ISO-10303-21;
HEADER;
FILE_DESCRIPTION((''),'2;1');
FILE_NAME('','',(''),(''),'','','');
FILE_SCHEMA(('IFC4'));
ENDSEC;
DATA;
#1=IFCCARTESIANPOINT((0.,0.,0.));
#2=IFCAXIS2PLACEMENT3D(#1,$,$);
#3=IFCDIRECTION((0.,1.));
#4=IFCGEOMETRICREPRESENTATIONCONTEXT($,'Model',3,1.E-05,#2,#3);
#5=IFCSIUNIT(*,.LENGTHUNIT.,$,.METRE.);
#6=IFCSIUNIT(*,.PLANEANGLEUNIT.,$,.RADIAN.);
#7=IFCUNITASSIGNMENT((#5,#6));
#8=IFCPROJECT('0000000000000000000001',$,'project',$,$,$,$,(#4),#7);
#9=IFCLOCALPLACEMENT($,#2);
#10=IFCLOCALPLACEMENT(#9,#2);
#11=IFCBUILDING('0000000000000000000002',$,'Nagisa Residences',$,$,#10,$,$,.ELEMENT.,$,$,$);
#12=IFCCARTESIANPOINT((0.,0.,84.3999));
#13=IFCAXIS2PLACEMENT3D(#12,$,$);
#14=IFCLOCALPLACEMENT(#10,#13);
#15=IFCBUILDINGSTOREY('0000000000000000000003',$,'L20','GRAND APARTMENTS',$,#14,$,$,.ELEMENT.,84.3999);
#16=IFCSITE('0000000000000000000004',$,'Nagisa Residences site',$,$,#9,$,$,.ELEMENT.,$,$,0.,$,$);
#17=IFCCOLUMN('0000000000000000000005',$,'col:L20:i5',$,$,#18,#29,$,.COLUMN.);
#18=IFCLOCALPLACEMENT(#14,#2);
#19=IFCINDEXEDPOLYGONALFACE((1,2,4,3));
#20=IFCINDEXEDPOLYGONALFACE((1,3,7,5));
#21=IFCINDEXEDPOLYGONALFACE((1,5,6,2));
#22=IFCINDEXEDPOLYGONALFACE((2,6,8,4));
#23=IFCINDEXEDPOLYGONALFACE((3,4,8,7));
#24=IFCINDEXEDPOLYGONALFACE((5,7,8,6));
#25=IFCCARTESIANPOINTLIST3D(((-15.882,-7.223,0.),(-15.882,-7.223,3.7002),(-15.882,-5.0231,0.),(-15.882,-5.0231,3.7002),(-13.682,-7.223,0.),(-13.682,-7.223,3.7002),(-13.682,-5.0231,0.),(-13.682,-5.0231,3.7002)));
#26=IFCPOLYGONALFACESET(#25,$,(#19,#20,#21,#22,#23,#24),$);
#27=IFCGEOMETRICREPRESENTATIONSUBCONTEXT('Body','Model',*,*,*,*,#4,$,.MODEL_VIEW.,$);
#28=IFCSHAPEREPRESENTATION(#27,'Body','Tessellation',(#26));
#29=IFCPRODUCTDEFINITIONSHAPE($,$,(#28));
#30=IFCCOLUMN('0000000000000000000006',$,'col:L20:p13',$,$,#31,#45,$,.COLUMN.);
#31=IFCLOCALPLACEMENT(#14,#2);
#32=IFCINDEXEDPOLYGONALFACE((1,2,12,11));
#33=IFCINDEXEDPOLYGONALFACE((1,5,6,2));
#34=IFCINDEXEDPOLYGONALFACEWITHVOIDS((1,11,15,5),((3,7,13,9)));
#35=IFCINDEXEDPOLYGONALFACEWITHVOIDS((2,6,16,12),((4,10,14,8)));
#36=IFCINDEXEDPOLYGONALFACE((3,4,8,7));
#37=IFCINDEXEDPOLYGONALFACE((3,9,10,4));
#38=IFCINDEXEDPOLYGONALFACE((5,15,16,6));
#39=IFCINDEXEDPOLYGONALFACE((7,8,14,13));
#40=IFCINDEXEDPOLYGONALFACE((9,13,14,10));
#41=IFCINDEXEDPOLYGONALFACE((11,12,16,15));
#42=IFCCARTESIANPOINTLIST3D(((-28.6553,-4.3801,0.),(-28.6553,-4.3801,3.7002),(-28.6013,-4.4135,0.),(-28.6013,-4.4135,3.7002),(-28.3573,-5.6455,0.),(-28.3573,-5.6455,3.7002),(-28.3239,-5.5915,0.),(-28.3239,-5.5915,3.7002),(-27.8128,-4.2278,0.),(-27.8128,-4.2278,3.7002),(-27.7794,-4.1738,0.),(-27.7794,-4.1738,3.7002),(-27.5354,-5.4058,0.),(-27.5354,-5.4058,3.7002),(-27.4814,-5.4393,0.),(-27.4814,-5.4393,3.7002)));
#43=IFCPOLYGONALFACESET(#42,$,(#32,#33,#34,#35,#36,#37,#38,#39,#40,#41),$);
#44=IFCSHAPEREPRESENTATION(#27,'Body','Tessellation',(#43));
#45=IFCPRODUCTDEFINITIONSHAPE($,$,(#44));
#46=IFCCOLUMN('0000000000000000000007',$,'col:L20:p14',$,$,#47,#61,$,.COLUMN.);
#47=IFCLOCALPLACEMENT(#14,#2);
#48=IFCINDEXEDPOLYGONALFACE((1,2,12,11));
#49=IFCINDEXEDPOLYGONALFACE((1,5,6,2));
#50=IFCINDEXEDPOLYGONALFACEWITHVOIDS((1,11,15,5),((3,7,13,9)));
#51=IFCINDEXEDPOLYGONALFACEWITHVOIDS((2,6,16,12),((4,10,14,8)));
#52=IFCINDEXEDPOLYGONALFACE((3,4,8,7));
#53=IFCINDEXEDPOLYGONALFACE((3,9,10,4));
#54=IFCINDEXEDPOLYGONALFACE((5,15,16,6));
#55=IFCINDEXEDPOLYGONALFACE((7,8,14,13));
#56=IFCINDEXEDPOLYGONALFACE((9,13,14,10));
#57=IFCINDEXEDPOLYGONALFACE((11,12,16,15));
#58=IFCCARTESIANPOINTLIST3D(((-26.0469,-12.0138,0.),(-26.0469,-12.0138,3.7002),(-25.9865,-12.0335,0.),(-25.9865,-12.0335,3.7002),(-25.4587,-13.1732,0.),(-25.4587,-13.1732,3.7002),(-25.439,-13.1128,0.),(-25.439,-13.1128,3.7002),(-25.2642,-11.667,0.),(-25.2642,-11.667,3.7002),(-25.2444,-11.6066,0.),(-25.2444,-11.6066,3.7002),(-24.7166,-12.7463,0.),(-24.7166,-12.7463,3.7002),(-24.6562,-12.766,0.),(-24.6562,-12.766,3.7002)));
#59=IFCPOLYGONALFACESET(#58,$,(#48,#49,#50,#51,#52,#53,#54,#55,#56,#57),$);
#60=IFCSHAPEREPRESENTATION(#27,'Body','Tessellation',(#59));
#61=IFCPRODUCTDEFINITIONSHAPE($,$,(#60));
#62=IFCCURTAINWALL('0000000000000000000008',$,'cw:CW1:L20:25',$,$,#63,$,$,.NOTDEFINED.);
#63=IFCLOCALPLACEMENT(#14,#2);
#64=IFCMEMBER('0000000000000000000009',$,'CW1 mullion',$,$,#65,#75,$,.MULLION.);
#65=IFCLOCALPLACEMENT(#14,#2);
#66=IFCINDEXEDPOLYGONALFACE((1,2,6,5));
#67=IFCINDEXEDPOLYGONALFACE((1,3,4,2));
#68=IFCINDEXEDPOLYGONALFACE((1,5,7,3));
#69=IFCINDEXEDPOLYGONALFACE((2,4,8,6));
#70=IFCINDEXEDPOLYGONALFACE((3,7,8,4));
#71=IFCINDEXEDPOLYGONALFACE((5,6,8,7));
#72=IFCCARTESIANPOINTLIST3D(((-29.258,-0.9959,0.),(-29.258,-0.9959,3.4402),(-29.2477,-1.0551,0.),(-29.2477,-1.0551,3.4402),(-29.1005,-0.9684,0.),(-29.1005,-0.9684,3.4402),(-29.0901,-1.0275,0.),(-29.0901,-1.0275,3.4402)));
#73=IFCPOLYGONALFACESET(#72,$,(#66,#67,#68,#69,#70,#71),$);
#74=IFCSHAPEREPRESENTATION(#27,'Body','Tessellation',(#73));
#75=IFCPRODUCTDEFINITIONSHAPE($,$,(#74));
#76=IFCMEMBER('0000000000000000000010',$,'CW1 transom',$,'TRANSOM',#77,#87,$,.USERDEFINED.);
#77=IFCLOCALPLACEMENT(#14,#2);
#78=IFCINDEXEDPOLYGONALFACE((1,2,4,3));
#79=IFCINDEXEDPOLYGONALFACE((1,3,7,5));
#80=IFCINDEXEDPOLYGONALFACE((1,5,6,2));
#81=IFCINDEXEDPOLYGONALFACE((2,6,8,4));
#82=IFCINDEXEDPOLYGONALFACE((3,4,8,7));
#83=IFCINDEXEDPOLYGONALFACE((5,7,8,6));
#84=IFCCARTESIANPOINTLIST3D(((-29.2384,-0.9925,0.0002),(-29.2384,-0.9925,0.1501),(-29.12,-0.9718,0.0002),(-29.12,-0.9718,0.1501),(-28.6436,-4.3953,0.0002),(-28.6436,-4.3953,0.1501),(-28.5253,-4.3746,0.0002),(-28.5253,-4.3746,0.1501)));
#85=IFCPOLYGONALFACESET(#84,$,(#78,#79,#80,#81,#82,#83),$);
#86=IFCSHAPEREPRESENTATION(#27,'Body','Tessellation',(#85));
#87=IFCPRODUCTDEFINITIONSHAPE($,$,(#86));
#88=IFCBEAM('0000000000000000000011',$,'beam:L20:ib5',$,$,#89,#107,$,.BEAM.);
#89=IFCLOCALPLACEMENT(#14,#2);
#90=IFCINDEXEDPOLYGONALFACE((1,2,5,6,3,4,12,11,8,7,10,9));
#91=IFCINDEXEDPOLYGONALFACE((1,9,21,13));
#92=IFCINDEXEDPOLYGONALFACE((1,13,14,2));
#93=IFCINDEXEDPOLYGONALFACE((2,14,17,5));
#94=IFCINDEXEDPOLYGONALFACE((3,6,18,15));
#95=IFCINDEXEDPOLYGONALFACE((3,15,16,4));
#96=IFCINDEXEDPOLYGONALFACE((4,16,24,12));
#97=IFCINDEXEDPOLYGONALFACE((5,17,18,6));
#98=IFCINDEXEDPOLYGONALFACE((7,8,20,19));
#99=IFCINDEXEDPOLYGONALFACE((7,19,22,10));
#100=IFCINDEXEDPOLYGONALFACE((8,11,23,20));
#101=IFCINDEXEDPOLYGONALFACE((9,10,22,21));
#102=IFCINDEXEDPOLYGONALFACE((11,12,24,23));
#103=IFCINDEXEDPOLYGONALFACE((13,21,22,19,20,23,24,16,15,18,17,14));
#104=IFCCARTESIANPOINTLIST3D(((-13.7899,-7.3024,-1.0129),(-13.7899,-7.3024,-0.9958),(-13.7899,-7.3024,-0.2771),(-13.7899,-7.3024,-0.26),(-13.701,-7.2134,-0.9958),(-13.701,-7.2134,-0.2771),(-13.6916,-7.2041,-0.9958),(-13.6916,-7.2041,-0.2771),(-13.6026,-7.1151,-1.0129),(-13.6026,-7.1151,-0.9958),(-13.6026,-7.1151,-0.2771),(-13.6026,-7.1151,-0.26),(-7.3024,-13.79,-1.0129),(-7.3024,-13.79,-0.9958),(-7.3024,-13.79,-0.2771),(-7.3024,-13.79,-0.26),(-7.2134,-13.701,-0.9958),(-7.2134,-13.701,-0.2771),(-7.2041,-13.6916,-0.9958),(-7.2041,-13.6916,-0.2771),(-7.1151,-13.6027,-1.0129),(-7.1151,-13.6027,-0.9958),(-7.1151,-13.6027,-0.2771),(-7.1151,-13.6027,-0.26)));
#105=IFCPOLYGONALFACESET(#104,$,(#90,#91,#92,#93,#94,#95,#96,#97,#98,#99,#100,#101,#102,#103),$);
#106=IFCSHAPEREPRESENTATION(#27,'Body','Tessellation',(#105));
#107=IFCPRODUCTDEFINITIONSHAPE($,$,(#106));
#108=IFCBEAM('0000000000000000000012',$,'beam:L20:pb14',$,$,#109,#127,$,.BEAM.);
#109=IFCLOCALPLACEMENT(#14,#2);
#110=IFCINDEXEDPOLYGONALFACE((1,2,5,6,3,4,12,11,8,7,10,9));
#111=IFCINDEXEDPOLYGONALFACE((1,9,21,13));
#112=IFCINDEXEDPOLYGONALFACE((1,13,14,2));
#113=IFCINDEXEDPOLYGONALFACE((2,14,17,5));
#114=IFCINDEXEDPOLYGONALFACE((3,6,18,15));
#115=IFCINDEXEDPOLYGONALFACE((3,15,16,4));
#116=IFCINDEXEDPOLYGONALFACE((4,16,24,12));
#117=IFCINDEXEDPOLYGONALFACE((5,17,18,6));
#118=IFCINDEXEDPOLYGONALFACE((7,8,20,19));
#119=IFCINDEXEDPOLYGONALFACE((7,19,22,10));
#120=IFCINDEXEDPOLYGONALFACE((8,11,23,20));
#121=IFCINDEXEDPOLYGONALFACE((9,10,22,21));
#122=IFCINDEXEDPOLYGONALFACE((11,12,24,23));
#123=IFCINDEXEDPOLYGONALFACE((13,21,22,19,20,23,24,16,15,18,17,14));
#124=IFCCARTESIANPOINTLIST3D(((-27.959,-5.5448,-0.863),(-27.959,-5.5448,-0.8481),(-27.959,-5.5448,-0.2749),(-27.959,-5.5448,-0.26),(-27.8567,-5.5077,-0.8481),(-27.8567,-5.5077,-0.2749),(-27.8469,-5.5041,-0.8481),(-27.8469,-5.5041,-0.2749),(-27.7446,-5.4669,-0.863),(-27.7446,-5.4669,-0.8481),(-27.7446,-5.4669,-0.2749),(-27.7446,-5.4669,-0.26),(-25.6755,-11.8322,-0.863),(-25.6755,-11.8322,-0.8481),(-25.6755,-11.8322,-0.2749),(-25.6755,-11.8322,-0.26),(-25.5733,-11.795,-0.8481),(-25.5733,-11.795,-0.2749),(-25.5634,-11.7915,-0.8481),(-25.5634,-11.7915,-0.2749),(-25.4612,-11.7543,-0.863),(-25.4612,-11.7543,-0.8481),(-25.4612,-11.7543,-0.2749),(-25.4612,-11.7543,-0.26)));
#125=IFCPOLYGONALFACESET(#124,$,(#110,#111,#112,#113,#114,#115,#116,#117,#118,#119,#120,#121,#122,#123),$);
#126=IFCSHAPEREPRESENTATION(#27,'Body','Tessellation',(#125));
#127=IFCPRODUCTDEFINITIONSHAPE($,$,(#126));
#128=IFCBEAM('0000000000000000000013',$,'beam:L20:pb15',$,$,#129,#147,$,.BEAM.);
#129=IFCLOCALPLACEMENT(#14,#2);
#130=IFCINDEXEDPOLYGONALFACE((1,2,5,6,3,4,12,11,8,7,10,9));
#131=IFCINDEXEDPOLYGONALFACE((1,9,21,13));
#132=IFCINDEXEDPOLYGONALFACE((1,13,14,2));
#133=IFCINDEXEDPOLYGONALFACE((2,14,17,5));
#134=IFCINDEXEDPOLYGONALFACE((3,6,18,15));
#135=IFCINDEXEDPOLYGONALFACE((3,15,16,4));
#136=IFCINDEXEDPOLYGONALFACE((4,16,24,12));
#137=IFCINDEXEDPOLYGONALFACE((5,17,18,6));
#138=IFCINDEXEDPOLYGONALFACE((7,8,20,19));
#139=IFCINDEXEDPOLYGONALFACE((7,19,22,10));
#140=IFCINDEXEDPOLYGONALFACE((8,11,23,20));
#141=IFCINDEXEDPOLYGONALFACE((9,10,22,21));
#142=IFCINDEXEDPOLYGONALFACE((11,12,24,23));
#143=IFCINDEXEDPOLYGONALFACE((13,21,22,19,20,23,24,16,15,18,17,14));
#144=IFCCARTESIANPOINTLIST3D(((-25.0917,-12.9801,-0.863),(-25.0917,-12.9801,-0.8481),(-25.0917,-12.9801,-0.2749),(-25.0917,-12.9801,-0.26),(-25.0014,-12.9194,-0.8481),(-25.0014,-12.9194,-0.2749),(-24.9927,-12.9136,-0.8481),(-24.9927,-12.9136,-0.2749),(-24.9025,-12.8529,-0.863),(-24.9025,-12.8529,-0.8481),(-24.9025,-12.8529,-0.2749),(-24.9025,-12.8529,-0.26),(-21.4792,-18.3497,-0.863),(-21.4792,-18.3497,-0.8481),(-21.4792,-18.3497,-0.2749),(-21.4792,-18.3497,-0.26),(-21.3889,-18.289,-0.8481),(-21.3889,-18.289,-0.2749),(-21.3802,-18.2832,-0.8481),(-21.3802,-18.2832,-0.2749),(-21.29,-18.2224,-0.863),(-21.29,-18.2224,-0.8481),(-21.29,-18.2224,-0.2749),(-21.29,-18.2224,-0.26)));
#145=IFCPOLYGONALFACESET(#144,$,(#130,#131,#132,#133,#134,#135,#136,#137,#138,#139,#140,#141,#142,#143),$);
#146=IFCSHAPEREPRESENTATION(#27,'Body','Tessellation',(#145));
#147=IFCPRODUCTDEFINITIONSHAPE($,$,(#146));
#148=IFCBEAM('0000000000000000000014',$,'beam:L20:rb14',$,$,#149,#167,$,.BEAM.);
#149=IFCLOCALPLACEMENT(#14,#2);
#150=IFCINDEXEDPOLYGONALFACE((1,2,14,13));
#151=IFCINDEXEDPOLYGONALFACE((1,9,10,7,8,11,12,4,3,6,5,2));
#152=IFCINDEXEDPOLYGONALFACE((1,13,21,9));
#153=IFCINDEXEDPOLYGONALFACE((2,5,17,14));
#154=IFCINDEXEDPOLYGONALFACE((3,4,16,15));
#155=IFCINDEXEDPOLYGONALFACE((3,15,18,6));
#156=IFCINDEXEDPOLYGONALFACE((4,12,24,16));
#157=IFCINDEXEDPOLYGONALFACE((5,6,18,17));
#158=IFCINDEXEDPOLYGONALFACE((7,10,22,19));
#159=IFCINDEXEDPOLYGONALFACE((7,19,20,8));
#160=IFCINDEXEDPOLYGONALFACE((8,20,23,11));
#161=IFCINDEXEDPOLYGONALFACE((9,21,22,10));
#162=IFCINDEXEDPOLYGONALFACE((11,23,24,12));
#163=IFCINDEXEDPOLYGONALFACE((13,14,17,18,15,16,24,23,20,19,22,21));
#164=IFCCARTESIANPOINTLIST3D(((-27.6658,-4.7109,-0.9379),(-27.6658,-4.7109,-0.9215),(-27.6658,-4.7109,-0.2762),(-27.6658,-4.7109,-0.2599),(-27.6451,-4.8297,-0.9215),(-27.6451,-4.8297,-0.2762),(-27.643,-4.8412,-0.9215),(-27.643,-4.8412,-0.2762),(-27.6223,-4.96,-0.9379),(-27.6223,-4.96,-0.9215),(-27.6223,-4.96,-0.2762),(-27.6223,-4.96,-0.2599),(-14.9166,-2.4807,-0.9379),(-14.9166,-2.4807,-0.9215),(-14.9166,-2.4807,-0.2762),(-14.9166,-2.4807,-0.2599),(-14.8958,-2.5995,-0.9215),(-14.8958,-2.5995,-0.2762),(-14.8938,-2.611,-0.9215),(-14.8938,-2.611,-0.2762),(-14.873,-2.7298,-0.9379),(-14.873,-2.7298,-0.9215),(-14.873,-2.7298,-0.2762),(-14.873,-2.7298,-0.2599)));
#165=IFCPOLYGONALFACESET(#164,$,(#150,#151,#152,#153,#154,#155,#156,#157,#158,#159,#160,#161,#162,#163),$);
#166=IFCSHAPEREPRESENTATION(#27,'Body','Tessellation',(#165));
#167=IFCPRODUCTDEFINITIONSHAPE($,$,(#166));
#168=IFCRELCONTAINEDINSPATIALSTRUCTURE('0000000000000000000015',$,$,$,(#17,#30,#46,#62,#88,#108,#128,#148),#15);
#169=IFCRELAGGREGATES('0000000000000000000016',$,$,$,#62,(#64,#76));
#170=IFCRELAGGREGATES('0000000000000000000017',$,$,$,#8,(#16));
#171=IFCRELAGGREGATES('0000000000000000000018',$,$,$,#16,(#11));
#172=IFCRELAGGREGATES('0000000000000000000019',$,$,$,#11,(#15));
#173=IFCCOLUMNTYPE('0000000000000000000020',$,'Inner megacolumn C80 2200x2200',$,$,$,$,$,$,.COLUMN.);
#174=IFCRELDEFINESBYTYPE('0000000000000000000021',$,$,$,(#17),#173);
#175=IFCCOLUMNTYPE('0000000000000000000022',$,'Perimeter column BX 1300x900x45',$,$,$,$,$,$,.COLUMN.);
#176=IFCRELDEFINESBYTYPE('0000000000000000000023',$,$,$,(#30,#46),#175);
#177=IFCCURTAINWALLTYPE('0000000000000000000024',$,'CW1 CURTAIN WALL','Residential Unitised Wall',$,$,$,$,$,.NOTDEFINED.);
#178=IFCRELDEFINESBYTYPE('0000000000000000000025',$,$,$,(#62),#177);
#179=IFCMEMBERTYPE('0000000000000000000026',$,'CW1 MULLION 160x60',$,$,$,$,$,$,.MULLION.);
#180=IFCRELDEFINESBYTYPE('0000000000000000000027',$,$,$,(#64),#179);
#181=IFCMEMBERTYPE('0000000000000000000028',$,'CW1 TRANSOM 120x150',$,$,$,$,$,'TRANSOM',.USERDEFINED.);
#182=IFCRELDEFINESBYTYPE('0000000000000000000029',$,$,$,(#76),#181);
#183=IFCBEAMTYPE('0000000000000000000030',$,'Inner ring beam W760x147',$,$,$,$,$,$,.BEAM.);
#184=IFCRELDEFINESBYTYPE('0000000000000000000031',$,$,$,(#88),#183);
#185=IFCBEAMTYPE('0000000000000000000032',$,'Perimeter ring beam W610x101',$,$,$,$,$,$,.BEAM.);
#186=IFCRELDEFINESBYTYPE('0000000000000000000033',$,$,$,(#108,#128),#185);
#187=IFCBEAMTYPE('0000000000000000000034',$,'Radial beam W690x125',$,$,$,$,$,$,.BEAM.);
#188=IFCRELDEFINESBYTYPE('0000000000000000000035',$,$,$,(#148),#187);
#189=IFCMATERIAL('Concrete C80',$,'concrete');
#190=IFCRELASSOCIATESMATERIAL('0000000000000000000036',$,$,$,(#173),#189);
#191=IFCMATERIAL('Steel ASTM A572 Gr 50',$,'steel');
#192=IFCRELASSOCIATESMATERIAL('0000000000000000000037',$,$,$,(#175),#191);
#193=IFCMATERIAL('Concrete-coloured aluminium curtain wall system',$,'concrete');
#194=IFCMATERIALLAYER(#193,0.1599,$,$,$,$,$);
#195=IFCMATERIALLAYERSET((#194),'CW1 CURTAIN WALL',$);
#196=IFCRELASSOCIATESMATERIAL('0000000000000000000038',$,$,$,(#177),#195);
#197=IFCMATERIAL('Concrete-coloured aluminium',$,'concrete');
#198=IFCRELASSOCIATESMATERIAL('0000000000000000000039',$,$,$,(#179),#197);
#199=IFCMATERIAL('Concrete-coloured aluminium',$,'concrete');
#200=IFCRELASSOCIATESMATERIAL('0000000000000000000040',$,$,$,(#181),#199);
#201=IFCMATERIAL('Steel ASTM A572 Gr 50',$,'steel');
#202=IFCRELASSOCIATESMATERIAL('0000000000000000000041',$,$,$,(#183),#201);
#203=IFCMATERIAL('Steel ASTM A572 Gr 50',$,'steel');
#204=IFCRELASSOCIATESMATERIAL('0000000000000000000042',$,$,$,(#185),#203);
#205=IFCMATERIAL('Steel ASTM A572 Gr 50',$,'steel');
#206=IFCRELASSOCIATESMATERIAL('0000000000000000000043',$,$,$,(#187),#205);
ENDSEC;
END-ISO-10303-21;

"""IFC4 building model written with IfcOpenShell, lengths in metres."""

from ifc_helpers import new_model, si_unit, direction, frame, origin, origin_2d, place, context, subcontext, project, spatial, rectangle, hollow_rectangle, i_section, extrude, material, layer, layer_set, material_profile, profile_set, type_object, element, aggregate, save


model = new_model("IFC4")

# Units and contexts
model_context = context("Model", 3, precision=1e-05, world=origin(), true_north=direction((0.0, 1.0)))
body_context = subcontext(model_context, "Body", "Model", "MODEL_VIEW")
ifc_project = project(units=[si_unit("LENGTHUNIT", "METRE"), si_unit("PLANEANGLEUNIT", "RADIAN")], contexts=[model_context])

# Site, building, storey
site_placement = place(None, origin())
site = spatial("IfcSite", under=ifc_project, at=site_placement, Name="Nagisa Residences site", CompositionType="ELEMENT", RefElevation=0.0)
building_placement = place(site_placement, origin())
building = spatial("IfcBuilding", under=site, at=building_placement, Name="Nagisa Residences", CompositionType="ELEMENT")
storey_placement = place(building_placement, frame((0.0, 0.0, 84.3999)))
storey = spatial("IfcBuildingStorey", under=building, at=storey_placement, Name="L20", Description="GRAND APARTMENTS", CompositionType="ELEMENT", Elevation=84.3999)

# Columns
ifc_material_1 = material(Name="Concrete C80", Category="concrete")
ifc_material_profile_1 = material_profile(ifc_material_1, rectangle(XDim=2.2, YDim=2.2, at=origin_2d()), Name="C80 2200x2200")
ifc_profile_set_1 = profile_set([ifc_material_profile_1], Name="Concrete C80")
column_type_1 = type_object("IfcColumnType", Name="Inner megacolumn C80 2200x2200", PredefinedType="COLUMN", material=ifc_profile_set_1)
column_placement = place(storey_placement, frame((-14.782, -6.123, 0.0), z_axis=(0.0, 0.0, 1.0), x_axis=(1.0, 0.0, 0.0)))
element("IfcColumn", 1, at=column_placement, inside=storey, type_object=column_type_1, Name="col:L20:i5", PredefinedType="COLUMN", context=body_context, shape_type="SweptSolid", body=[
    extrude(rectangle(XDim=2.2, YDim=2.2, at=origin_2d()), origin(), (0.0, 0.0, 1.0), 3.7002),
])
ifc_material_2 = material(Name="Steel ASTM A572 Gr 50", Category="steel")
ifc_material_profile_2 = material_profile(ifc_material_2, hollow_rectangle(XDim=1.3, YDim=0.8999, WallThickness=0.0449, at=origin_2d()), Name="BX 1300x900x45")
ifc_profile_set_2 = profile_set([ifc_material_profile_2], Name="Steel ASTM A572 Gr 50")
column_type_2 = type_object("IfcColumnType", Name="Perimeter column BX 1300x900x45", PredefinedType="COLUMN", material=ifc_profile_set_2)
for number, where, z_axis, x_axis, name in (
    (2, (-28.0684, -4.9097, 0.0), (0.0, 0.0, 1.0), (0.229202, -0.973379, 0.0), "col:L20:p13"),
    (3, (-25.3516, -12.3899, 0.0), (0.0, 0.0, 1.0), (0.452463, -0.891783, 0.0), "col:L20:p14"),
):
    element("IfcColumn", number, at=place(storey_placement, frame(where, z_axis=z_axis, x_axis=x_axis)), inside=storey, type_object=column_type_2, Name=name, PredefinedType="COLUMN", context=body_context, shape_type="SweptSolid", body=[
        extrude(hollow_rectangle(XDim=1.3, YDim=0.8999, WallThickness=0.0449, at=origin_2d()), origin(), (0.0, 0.0, 1.0), 3.7002),
    ])

# Curtain wall, members
ifc_material_3 = material(Name="Concrete-coloured aluminium curtain wall system", Category="concrete")
ifc_layer_1 = layer(ifc_material_3, 0.1599)
ifc_layer_set_1 = layer_set([ifc_layer_1], Name="CW1 CURTAIN WALL")
curtain_wall_type = type_object("IfcCurtainWallType", Name="CW1 CURTAIN WALL", Description="Residential Unitised Wall", PredefinedType="NOTDEFINED", material=ifc_layer_set_1)
curtain_wall_placement = place(storey_placement, origin())
curtain_wall = element("IfcCurtainWall", 4, at=curtain_wall_placement, inside=storey, type_object=curtain_wall_type, Name="cw:CW1:L20:25", PredefinedType="NOTDEFINED")
ifc_material_4 = material(Name="Concrete-coloured aluminium", Category="concrete")
ifc_material_profile_3 = material_profile(ifc_material_4, rectangle(XDim=0.1599, YDim=0.0601, at=origin_2d()), Name="CW1 MULLION 160x60")
ifc_profile_set_3 = profile_set([ifc_material_profile_3], Name="Concrete-coloured aluminium")
member_type_1 = type_object("IfcMemberType", Name="CW1 MULLION 160x60", PredefinedType="MULLION", material=ifc_profile_set_3)
member_1_placement = place(storey_placement, frame((-29.1741, -1.0117, 0.0), z_axis=(0.0, 0.0, 1.0), x_axis=(0.985064, 0.172191, 0.0)))
member_1 = element("IfcMember", 5, at=member_1_placement, type_object=member_type_1, Name="CW1 mullion", PredefinedType="MULLION", context=body_context, shape_type="SweptSolid", body=[
    extrude(rectangle(XDim=0.1599, YDim=0.0601, at=origin_2d()), origin(), (0.0, 0.0, 1.0), 3.4402),
])
ifc_material_5 = material(Name="Concrete-coloured aluminium", Category="concrete")
ifc_material_profile_4 = material_profile(ifc_material_5, rectangle(XDim=0.1201, YDim=0.1499, at=origin_2d()), Name="CW1 TRANSOM 120x150")
ifc_profile_set_4 = profile_set([ifc_material_profile_4], Name="Concrete-coloured aluminium")
member_type_2 = type_object("IfcMemberType", Name="CW1 TRANSOM 120x150", ElementType="TRANSOM", PredefinedType="USERDEFINED", material=ifc_profile_set_4)
member_2_placement = place(storey_placement, frame((-29.1792, -0.9822, 0.0752), z_axis=(0.172164, -0.985068, 0.0), x_axis=(0.985068, 0.172164, 0.0)))
member_2 = element("IfcMember", 6, at=member_2_placement, type_object=member_type_2, Name="CW1 transom", ObjectType="TRANSOM", PredefinedType="USERDEFINED", context=body_context, shape_type="SweptSolid", body=[
    extrude(rectangle(XDim=0.1201, YDim=0.1499, at=origin_2d()), origin(), (0.0, 0.0, 1.0), 3.4543),
])

# Beams
ifc_material_6 = material(Name="Steel ASTM A572 Gr 50", Category="steel")
ifc_material_profile_5 = material_profile(ifc_material_6, i_section(OverallWidth=0.2649, OverallDepth=0.7529, WebThickness=0.0132, FlangeThickness=0.0171, at=origin_2d()), Name="W760x147")
ifc_profile_set_5 = profile_set([ifc_material_profile_5], Name="Steel ASTM A572 Gr 50")
beam_type_1 = type_object("IfcBeamType", Name="Inner ring beam W760x147", PredefinedType="BEAM", material=ifc_profile_set_5)
beam_1_placement = place(storey_placement, frame((-13.6963, -7.2087, -0.6365), z_axis=(0.707107, -0.707107, 0.0), x_axis=(0.707107, 0.707107, 0.0)))
element("IfcBeam", 7, at=beam_1_placement, inside=storey, type_object=beam_type_1, Name="beam:L20:ib5", PredefinedType="BEAM", context=body_context, shape_type="SweptSolid", body=[
    extrude(i_section(OverallWidth=0.2649, OverallDepth=0.7529, WebThickness=0.0132, FlangeThickness=0.0171, at=origin_2d()), origin(), (0.0, 0.0, 1.0), 9.1748),
])
ifc_material_7 = material(Name="Steel ASTM A572 Gr 50", Category="steel")
ifc_material_profile_6 = material_profile(ifc_material_7, i_section(OverallWidth=0.228, OverallDepth=0.603, WebThickness=0.0105, FlangeThickness=0.0149, at=origin_2d()), Name="W610x101")
ifc_profile_set_6 = profile_set([ifc_material_profile_6], Name="Steel ASTM A572 Gr 50")
beam_type_2 = type_object("IfcBeamType", Name="Perimeter ring beam W610x101", PredefinedType="BEAM", material=ifc_profile_set_6)
beam_2_placement = place(storey_placement, frame((-27.8518, -5.5059, -0.5615), z_axis=(0.341365, -0.939931, 0.0), x_axis=(0.939931, 0.341365, 0.0)))
element("IfcBeam", 8, at=beam_2_placement, inside=storey, type_object=beam_type_2, Name="beam:L20:pb14", PredefinedType="BEAM", context=body_context, shape_type="SweptSolid", body=[
    extrude(i_section(OverallWidth=0.228, OverallDepth=0.603, WebThickness=0.0105, FlangeThickness=0.0149, at=origin_2d()), origin(), (0.0, 0.0, 1.0), 6.6892),
])
beam_3_placement = place(storey_placement, frame((-24.9971, -12.9165, -0.5615), z_axis=(0.558204, -0.829704, 0.0), x_axis=(0.829704, 0.558204, 0.0)))
element("IfcBeam", 9, at=beam_3_placement, inside=storey, type_object=beam_type_2, Name="beam:L20:pb15", PredefinedType="BEAM", context=body_context, shape_type="SweptSolid", body=[
    extrude(i_section(OverallWidth=0.228, OverallDepth=0.603, WebThickness=0.0105, FlangeThickness=0.0149, at=origin_2d()), origin(), (0.0, 0.0, 1.0), 6.4717),
])
ifc_material_8 = material(Name="Steel ASTM A572 Gr 50", Category="steel")
ifc_material_profile_7 = material_profile(ifc_material_8, i_section(OverallWidth=0.2529, OverallDepth=0.678, WebThickness=0.0117, FlangeThickness=0.0164, at=origin_2d()), Name="W690x125")
ifc_profile_set_7 = profile_set([ifc_material_profile_7], Name="Steel ASTM A572 Gr 50")
beam_type_3 = type_object("IfcBeamType", Name="Radial beam W690x125", PredefinedType="BEAM", material=ifc_profile_set_7)
beam_4_placement = place(storey_placement, frame((-27.644, -4.8354, -0.5989), z_axis=(0.985042, 0.172313, 0.0), x_axis=(-0.172313, 0.985042, 0.0)))
element("IfcBeam", 10, at=beam_4_placement, inside=storey, type_object=beam_type_3, Name="beam:L20:rb14", PredefinedType="BEAM", context=body_context, shape_type="SweptSolid", body=[
    extrude(i_section(OverallWidth=0.2529, OverallDepth=0.678, WebThickness=0.0117, FlangeThickness=0.0164, at=origin_2d()), origin(), (0.0, 0.0, 1.0), 12.9429),
])

aggregate(curtain_wall, [member_1, member_2])

save(model, "model.ifc")
